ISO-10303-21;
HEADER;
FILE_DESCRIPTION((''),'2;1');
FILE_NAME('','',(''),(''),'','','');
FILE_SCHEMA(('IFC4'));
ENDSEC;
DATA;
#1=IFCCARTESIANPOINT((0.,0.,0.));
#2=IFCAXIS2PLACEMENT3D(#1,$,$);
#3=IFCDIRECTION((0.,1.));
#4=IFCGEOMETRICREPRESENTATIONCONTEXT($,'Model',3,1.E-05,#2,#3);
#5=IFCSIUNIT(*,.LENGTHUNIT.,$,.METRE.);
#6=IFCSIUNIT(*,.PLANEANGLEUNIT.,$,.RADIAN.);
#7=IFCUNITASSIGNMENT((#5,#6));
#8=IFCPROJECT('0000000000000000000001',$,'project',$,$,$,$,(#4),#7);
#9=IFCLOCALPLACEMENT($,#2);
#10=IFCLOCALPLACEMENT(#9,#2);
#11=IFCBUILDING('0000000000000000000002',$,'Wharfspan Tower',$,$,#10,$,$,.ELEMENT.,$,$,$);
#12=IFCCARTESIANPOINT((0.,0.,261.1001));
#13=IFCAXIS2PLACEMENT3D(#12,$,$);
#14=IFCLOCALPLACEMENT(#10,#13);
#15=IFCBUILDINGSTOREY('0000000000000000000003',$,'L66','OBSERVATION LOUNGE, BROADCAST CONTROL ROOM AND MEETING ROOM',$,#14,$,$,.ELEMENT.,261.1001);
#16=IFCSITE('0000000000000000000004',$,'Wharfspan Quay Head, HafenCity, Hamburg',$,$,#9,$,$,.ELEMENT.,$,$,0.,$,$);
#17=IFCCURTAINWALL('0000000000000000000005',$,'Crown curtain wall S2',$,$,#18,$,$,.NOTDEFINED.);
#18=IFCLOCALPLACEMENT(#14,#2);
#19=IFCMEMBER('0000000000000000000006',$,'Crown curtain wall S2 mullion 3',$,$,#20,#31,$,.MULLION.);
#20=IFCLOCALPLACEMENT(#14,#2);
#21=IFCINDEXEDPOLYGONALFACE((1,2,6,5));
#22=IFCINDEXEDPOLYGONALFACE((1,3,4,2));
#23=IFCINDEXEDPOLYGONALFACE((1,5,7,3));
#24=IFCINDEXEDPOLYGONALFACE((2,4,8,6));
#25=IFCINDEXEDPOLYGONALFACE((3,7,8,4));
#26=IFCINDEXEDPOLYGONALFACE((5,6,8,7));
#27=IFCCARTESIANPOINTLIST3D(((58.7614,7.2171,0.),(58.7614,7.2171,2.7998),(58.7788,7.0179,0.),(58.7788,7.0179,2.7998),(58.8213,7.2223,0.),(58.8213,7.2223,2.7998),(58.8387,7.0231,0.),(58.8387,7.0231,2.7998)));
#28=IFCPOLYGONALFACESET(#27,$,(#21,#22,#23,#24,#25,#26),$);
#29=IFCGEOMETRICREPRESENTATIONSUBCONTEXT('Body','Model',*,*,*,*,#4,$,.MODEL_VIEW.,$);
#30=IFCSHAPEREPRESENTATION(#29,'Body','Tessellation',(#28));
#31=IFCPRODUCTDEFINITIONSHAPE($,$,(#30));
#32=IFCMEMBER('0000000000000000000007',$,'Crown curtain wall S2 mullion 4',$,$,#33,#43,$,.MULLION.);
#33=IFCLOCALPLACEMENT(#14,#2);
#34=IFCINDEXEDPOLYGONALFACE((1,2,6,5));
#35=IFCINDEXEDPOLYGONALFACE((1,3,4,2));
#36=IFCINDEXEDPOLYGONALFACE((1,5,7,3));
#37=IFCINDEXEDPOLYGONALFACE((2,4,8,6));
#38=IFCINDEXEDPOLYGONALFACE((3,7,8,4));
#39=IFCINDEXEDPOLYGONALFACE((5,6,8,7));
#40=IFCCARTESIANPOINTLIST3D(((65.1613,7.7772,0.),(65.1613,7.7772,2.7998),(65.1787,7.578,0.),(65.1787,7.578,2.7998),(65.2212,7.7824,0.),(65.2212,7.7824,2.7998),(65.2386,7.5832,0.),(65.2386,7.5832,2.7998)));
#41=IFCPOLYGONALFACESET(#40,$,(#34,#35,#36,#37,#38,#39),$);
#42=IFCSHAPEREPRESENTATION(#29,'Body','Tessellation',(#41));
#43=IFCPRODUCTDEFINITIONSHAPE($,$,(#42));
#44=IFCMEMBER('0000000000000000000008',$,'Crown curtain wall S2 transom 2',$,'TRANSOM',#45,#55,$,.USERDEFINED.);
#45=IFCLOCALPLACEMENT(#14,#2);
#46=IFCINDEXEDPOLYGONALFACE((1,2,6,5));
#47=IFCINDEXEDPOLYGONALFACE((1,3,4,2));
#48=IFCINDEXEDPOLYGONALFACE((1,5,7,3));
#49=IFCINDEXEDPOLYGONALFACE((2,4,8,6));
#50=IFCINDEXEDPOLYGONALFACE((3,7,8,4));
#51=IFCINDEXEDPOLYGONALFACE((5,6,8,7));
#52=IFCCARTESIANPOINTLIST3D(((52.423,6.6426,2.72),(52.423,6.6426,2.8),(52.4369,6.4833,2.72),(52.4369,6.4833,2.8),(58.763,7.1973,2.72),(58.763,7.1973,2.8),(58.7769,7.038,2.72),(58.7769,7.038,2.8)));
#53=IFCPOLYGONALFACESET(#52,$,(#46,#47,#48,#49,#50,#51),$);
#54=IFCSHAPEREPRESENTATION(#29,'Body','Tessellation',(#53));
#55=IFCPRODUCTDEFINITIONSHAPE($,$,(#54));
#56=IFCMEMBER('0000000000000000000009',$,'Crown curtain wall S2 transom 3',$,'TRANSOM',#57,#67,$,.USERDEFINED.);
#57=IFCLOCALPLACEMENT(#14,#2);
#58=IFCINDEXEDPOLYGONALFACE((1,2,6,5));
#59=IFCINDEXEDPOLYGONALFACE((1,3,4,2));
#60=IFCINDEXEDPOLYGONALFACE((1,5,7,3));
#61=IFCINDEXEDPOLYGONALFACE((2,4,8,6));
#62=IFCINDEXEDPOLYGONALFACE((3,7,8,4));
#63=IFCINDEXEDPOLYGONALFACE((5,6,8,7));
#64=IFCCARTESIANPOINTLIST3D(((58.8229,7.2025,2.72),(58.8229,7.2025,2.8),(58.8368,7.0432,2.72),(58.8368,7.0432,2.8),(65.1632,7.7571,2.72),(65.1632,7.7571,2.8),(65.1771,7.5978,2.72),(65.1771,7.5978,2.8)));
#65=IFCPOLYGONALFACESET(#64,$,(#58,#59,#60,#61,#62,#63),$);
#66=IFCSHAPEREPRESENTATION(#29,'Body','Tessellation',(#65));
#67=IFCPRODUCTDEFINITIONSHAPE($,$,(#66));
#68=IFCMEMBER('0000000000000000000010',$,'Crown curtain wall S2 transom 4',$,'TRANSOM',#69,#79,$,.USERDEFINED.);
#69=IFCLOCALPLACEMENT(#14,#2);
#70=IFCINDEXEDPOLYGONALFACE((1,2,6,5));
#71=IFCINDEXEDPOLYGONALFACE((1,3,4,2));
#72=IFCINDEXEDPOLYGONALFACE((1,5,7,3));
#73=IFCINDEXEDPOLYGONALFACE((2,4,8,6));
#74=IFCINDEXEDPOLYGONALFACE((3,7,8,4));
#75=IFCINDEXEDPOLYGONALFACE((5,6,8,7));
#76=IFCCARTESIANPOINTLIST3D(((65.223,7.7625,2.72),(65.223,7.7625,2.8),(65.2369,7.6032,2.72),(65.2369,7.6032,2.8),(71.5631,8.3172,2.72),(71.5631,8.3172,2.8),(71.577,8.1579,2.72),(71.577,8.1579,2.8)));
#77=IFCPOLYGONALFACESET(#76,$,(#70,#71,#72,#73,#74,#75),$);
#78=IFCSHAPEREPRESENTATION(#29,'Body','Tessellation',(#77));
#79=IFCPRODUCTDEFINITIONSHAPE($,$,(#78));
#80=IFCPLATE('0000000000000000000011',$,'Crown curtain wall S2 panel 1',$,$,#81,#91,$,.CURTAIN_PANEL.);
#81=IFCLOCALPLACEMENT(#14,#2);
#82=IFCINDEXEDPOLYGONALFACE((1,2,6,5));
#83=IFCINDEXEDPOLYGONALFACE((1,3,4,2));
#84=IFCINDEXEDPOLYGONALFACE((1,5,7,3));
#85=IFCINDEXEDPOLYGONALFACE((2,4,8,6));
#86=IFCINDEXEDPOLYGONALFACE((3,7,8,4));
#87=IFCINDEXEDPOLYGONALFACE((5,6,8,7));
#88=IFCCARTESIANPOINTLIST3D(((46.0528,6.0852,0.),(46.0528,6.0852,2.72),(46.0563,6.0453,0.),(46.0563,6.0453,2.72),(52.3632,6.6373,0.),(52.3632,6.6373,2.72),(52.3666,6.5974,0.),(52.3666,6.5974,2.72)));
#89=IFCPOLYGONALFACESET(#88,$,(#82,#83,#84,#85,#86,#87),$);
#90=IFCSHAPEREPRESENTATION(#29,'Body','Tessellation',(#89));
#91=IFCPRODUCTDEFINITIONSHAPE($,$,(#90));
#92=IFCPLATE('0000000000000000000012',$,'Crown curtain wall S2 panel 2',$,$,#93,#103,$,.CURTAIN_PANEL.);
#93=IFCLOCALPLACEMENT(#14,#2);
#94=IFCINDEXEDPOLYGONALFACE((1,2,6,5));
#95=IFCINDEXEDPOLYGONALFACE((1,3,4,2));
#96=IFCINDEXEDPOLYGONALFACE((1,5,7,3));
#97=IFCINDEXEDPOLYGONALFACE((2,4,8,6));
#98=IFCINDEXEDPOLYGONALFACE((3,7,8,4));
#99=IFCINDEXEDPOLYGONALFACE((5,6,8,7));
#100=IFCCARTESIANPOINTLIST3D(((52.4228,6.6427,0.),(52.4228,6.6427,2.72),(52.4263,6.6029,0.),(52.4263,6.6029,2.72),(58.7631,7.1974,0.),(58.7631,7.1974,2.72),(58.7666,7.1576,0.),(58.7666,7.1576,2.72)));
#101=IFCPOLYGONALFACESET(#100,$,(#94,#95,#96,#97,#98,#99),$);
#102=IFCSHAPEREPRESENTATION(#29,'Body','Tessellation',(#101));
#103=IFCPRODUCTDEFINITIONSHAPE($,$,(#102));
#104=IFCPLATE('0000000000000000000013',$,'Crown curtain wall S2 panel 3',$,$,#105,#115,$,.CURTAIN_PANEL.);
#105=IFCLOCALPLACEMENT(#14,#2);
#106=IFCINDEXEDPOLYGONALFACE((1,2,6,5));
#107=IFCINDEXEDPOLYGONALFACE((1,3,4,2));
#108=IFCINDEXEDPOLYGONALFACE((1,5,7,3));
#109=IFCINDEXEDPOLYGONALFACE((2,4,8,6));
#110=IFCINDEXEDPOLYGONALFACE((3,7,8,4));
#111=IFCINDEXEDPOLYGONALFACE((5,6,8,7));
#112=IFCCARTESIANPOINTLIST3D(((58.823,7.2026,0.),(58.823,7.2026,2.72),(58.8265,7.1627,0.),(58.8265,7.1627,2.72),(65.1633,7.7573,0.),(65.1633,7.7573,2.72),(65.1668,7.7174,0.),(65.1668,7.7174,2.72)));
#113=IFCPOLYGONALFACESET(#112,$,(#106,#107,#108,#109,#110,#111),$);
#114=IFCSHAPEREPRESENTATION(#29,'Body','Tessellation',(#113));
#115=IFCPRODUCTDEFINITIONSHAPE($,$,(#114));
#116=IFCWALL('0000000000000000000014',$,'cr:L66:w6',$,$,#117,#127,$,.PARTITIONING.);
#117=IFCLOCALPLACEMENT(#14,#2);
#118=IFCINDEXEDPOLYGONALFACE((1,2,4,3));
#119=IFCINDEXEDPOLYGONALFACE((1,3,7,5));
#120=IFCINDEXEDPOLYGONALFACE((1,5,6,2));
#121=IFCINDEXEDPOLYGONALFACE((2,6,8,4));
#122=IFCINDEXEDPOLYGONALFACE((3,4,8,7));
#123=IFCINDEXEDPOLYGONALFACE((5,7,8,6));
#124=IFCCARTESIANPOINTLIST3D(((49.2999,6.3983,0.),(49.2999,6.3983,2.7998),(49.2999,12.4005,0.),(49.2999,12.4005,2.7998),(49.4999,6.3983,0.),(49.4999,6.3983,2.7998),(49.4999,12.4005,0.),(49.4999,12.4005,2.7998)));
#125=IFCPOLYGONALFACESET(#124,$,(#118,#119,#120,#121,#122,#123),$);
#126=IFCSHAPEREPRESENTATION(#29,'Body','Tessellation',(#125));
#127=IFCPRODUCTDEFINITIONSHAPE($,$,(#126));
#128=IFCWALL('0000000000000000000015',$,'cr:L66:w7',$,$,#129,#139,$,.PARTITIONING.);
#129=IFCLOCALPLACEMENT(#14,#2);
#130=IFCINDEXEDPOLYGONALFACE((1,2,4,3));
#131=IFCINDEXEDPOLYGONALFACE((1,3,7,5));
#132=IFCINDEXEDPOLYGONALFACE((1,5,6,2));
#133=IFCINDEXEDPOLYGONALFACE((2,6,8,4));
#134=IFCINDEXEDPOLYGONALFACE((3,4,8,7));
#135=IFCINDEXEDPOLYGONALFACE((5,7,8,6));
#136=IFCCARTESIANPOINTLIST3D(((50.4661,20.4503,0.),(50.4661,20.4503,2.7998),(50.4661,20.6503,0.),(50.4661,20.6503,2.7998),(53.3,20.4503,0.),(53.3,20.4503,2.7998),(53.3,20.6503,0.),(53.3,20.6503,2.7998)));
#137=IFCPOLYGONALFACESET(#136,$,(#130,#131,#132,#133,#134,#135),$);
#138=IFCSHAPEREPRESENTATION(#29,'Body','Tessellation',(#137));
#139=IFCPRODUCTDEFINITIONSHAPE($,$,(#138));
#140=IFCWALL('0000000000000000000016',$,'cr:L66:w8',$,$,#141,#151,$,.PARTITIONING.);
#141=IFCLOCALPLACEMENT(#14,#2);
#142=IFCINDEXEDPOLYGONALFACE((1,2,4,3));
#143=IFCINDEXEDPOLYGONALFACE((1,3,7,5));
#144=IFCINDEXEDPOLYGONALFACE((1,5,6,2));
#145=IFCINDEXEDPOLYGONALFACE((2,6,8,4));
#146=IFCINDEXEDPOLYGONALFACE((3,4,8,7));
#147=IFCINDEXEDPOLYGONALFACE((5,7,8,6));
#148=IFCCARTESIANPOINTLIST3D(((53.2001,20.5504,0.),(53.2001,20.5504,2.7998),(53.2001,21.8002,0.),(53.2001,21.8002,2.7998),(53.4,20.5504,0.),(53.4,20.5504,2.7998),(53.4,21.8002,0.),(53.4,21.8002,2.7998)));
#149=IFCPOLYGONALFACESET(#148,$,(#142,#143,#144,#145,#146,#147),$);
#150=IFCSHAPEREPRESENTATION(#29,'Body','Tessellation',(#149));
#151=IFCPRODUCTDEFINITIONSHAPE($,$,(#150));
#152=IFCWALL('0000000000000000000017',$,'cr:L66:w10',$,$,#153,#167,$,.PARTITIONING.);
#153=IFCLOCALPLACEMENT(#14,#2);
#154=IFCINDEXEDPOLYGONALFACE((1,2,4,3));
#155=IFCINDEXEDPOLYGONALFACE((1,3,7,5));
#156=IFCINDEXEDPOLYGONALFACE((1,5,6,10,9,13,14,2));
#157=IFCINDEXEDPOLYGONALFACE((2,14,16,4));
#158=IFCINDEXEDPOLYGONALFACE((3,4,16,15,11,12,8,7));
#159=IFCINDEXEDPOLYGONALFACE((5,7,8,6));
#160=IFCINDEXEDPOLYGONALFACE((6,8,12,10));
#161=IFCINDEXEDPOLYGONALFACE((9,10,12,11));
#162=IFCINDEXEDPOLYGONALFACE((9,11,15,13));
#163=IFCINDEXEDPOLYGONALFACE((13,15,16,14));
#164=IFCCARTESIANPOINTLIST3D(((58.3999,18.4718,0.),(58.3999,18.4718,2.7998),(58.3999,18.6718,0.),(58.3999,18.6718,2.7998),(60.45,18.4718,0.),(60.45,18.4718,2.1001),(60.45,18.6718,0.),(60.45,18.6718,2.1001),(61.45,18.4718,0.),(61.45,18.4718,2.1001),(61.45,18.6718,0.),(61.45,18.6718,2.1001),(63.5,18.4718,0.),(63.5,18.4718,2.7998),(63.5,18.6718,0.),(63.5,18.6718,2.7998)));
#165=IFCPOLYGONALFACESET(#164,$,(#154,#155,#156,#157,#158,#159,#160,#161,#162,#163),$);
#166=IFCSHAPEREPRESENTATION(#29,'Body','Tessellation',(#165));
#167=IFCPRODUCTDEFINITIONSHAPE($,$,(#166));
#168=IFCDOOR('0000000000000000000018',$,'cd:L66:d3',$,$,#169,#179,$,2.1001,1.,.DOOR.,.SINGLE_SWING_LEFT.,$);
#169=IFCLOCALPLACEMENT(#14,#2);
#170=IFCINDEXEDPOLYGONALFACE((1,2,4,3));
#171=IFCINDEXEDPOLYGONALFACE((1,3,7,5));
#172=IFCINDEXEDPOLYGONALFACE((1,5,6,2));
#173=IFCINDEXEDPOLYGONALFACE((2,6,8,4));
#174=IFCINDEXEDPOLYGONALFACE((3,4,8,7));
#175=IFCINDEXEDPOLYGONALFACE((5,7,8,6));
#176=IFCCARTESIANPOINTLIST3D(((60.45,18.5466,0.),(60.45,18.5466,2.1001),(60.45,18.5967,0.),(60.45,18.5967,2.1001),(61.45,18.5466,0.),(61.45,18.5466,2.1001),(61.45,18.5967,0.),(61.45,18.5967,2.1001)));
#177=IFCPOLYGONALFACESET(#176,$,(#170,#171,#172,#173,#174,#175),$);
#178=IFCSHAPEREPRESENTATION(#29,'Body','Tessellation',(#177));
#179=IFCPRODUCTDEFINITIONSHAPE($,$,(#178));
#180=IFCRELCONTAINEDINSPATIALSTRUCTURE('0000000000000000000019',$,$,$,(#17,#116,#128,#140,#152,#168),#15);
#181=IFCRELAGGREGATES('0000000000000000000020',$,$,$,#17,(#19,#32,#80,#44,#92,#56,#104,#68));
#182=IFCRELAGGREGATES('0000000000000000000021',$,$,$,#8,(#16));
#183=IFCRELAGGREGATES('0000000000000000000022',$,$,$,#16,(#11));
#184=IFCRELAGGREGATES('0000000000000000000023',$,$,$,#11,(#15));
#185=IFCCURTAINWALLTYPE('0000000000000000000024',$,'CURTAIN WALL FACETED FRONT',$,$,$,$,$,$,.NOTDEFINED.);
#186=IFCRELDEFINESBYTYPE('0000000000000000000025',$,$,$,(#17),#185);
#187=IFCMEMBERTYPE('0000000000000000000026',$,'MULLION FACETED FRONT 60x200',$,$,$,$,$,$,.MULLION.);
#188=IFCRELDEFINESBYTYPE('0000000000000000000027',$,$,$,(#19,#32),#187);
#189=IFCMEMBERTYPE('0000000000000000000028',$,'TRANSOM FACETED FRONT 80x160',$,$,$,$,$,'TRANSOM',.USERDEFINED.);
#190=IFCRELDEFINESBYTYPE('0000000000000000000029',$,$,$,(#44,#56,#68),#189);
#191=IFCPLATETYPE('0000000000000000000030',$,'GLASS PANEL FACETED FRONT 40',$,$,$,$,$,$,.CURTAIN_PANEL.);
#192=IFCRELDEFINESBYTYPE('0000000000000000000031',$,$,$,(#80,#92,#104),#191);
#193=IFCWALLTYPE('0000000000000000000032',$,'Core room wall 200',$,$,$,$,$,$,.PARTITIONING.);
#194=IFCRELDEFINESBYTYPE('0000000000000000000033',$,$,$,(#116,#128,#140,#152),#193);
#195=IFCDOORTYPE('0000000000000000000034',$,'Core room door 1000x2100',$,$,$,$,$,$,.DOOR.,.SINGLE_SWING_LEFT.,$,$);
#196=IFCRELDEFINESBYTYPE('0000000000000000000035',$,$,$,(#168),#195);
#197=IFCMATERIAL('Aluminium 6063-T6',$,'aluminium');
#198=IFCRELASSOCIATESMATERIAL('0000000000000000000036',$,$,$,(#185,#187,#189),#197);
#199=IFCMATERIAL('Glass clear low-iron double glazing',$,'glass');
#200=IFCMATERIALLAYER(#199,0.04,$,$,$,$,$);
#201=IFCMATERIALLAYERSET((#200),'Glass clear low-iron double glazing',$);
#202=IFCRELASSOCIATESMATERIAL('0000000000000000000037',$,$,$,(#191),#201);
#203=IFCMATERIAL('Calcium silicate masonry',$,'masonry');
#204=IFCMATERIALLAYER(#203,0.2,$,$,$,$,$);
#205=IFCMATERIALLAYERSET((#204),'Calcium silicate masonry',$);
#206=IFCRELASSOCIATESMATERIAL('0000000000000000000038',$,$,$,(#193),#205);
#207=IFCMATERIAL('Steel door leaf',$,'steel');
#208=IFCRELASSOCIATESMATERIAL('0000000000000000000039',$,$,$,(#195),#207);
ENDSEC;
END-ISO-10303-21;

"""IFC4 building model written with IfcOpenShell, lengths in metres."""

from ifc_helpers import new_model, si_unit, direction, frame, frame_2d, origin, origin_2d, place, context, subcontext, project, spatial, rectangle, extrude, material, layer, layer_set, material_profile, profile_set, type_object, element, fill, aggregate, save


model = new_model("IFC4")

# Units and contexts
model_context = context("Model", 3, precision=1e-05, world=origin(), true_north=direction((0.0, 1.0)))
body_context = subcontext(model_context, "Body", "Model", "MODEL_VIEW")
ifc_project = project(units=[si_unit("LENGTHUNIT", "METRE"), si_unit("PLANEANGLEUNIT", "RADIAN")], contexts=[model_context])

# Site, building, storey
site_placement = place(None, origin())
site = spatial("IfcSite", under=ifc_project, at=site_placement, Name="Wharfspan Quay Head, HafenCity, Hamburg", CompositionType="ELEMENT", RefElevation=0.0)
building_placement = place(site_placement, origin())
building = spatial("IfcBuilding", under=site, at=building_placement, Name="Wharfspan Tower", CompositionType="ELEMENT")
storey_placement = place(building_placement, frame((0.0, 0.0, 261.1001)))
storey = spatial("IfcBuildingStorey", under=building, at=storey_placement, Name="L66", Description="OBSERVATION LOUNGE, BROADCAST CONTROL ROOM AND MEETING ROOM", CompositionType="ELEMENT", Elevation=261.1001)

# Curtain wall, members, plates
ifc_material_1 = material(Name="Aluminium 6063-T6", Category="aluminium")
curtain_wall_type = type_object("IfcCurtainWallType", Name="CURTAIN WALL FACETED FRONT", PredefinedType="NOTDEFINED", material=ifc_material_1)
curtain_wall_placement = place(storey_placement, origin())
curtain_wall = element("IfcCurtainWall", 1, at=curtain_wall_placement, inside=storey, type_object=curtain_wall_type, Name="Crown curtain wall S2", PredefinedType="NOTDEFINED")
ifc_material_profile_1 = material_profile(ifc_material_1, rectangle(XDim=0.2, YDim=0.0601, at=origin_2d()))
ifc_profile_set_1 = profile_set([ifc_material_profile_1], Name="Aluminium 6063-T6")
member_type_1 = type_object("IfcMemberType", Name="MULLION FACETED FRONT 60x200", PredefinedType="MULLION", material=ifc_profile_set_1)
member_1_placement = place(storey_placement, frame((58.8, 7.1201, 0.0), z_axis=(0.0, 0.0, 1.0), x_axis=(-0.087156, 0.996198, 0.0)))
member_1 = element("IfcMember", 2, at=member_1_placement, type_object=member_type_1, Name="Crown curtain wall S2 mullion 3", PredefinedType="MULLION", context=body_context, shape_type="SweptSolid", body=[
    extrude(rectangle(XDim=0.2, YDim=0.0601, at=origin_2d()), origin(), (0.0, 0.0, 1.0), 2.7998),
])
member_2_placement = place(storey_placement, frame((65.2, 7.6802, 0.0), z_axis=(0.0, 0.0, 1.0), x_axis=(-0.087156, 0.996198, 0.0)))
member_2 = element("IfcMember", 3, at=member_2_placement, type_object=member_type_1, Name="Crown curtain wall S2 mullion 4", PredefinedType="MULLION", context=body_context, shape_type="SweptSolid", body=[
    extrude(rectangle(XDim=0.2, YDim=0.0601, at=origin_2d()), origin(), (0.0, 0.0, 1.0), 2.7998),
])
ifc_material_profile_2 = material_profile(ifc_material_1, rectangle(XDim=0.1599, YDim=0.0801, at=origin_2d()))
ifc_profile_set_2 = profile_set([ifc_material_profile_2], Name="Aluminium 6063-T6")
member_type_2 = type_object("IfcMemberType", Name="TRANSOM FACETED FRONT 80x160", ElementType="TRANSOM", PredefinedType="USERDEFINED", material=ifc_profile_set_2)
member_3_placement = place(storey_placement, frame((52.4299, 6.563, 2.76), z_axis=(0.996195, 0.087156, 0.0), x_axis=(-0.087156, 0.996195, 0.0)))
member_3 = element("IfcMember", 4, at=member_3_placement, type_object=member_type_2, Name="Crown curtain wall S2 transom 2", ObjectType="TRANSOM", PredefinedType="USERDEFINED", context=body_context, shape_type="SweptSolid", body=[
    extrude(rectangle(XDim=0.1599, YDim=0.0801, at=origin_2d()), origin(), (0.0, 0.0, 1.0), 6.3643),
])
member_4_placement = place(storey_placement, frame((58.8298, 7.1228, 2.76), z_axis=(0.996195, 0.087153, 0.0), x_axis=(-0.087153, 0.996195, 0.0)))
member_4 = element("IfcMember", 5, at=member_4_placement, type_object=member_type_2, Name="Crown curtain wall S2 transom 3", ObjectType="TRANSOM", PredefinedType="USERDEFINED", context=body_context, shape_type="SweptSolid", body=[
    extrude(rectangle(XDim=0.1599, YDim=0.0801, at=origin_2d()), origin(), (0.0, 0.0, 1.0), 6.3645),
])
member_5_placement = place(storey_placement, frame((65.23, 7.6829, 2.76), z_axis=(0.996195, 0.087156, 0.0), x_axis=(-0.087156, 0.996195, 0.0)))
member_5 = element("IfcMember", 6, at=member_5_placement, type_object=member_type_2, Name="Crown curtain wall S2 transom 4", ObjectType="TRANSOM", PredefinedType="USERDEFINED", context=body_context, shape_type="SweptSolid", body=[
    extrude(rectangle(XDim=0.1599, YDim=0.0801, at=origin_2d()), origin(), (0.0, 0.0, 1.0), 6.3643),
])
ifc_material_2 = material(Name="Glass clear low-iron double glazing", Category="glass")
ifc_layer_1 = layer(ifc_material_2, 0.04)
ifc_layer_set_1 = layer_set([ifc_layer_1], Name="Glass clear low-iron double glazing")
plate_type = type_object("IfcPlateType", Name="GLASS PANEL FACETED FRONT 40", PredefinedType="CURTAIN_PANEL", material=ifc_layer_set_1)
plate_1_placement = place(storey_placement, frame((49.2097, 6.3413, 0.0), z_axis=(0.0, 0.0, 1.0), x_axis=(0.996198, 0.087156, 0.0)))
plate_1 = element("IfcPlate", 7, at=plate_1_placement, type_object=plate_type, Name="Crown curtain wall S2 panel 1", PredefinedType="CURTAIN_PANEL", context=body_context, shape_type="SweptSolid", body=[
    extrude(rectangle(XDim=6.3345, YDim=0.04, at=origin_2d()), origin(), (0.0, 0.0, 1.0), 2.72),
])
plate_2_placement = place(storey_placement, frame((55.5947, 6.9001, 0.0), z_axis=(0.0, 0.0, 1.0), x_axis=(0.996198, 0.087156, 0.0)))
plate_2 = element("IfcPlate", 8, at=plate_2_placement, type_object=plate_type, Name="Crown curtain wall S2 panel 2", PredefinedType="CURTAIN_PANEL", context=body_context, shape_type="SweptSolid", body=[
    extrude(rectangle(XDim=6.3645, YDim=0.04, at=origin_2d()), origin(), (0.0, 0.0, 1.0), 2.72),
])
plate_3_placement = place(storey_placement, frame((61.9949, 7.46, 0.0), z_axis=(0.0, 0.0, 1.0), x_axis=(0.996198, 0.087156, 0.0)))
plate_3 = element("IfcPlate", 9, at=plate_3_placement, type_object=plate_type, Name="Crown curtain wall S2 panel 3", PredefinedType="CURTAIN_PANEL", context=body_context, shape_type="SweptSolid", body=[
    extrude(rectangle(XDim=6.3645, YDim=0.04, at=origin_2d()), origin(), (0.0, 0.0, 1.0), 2.72),
])
aggregate(curtain_wall, [member_1, member_2, plate_1, member_3, plate_2, member_4, plate_3, member_5])

# Walls
ifc_material_3 = material(Name="Calcium silicate masonry", Category="masonry")
ifc_layer_2 = layer(ifc_material_3, 0.2)
ifc_layer_set_2 = layer_set([ifc_layer_2], Name="Calcium silicate masonry")
wall_type_1 = type_object("IfcWallType", Name="Core room wall 200", PredefinedType="PARTITIONING", material=ifc_layer_set_2)
wall_1_placement = place(storey_placement, frame((49.3999, 12.4004, 0.0), z_axis=(0.0, 0.0, 1.0), x_axis=(0.0, -1.0, 0.0)))
element("IfcWall", 10, at=wall_1_placement, inside=storey, type_object=wall_type_1, Name="cr:L66:w6", PredefinedType="PARTITIONING", context=body_context, shape_type="SweptSolid", body=[
    extrude(rectangle(XDim=6.0022, YDim=0.2, at=frame_2d((3.001, 0.0))), origin(), (0.0, 0.0, 1.0), 2.7998),
])
wall_2_placement = place(storey_placement, frame((50.4661, 20.5503, 0.0), z_axis=(0.0, 0.0, 1.0), x_axis=(1.0, 0.0, 0.0)))
element("IfcWall", 11, at=wall_2_placement, inside=storey, type_object=wall_type_1, Name="cr:L66:w7", PredefinedType="PARTITIONING", context=body_context, shape_type="SweptSolid", body=[
    extrude(rectangle(XDim=2.834, YDim=0.2, at=frame_2d((1.417, 0.0))), origin(), (0.0, 0.0, 1.0), 2.7998),
])
wall_3_placement = place(storey_placement, frame((53.3, 20.5503, 0.0), z_axis=(0.0, 0.0, 1.0), x_axis=(0.0, 1.0, 0.0)))
element("IfcWall", 12, at=wall_3_placement, inside=storey, type_object=wall_type_1, Name="cr:L66:w8", PredefinedType="PARTITIONING", context=body_context, shape_type="SweptSolid", body=[
    extrude(rectangle(XDim=1.2498, YDim=0.2, at=frame_2d((0.625, 0.0))), origin(), (0.0, 0.0, 1.0), 2.7998),
])

# Wall, opening, door
wall_4_placement = place(storey_placement, frame((58.3999, 18.5718, 0.0), z_axis=(0.0, 0.0, 1.0), x_axis=(1.0, 0.0, 0.0)))
wall_4 = element("IfcWall", 13, at=wall_4_placement, inside=storey, type_object=wall_type_1, Name="cr:L66:w10", PredefinedType="PARTITIONING", context=body_context, shape_type="SweptSolid", body=[
    extrude(rectangle(XDim=5.1001, YDim=0.2, at=frame_2d((2.55, 0.0))), origin(), (0.0, 0.0, 1.0), 2.7998),
])
opening_1_placement = place(wall_4_placement, frame((2.05, 0.0, 0.0)))
opening_1 = element("IfcOpeningElement", 14, at=opening_1_placement, cuts=wall_4, PredefinedType="OPENING", context=body_context, shape_type="SweptSolid", body=[
    extrude(rectangle(XDim=1.0, YDim=2.1001, at=frame_2d((0.5, 1.05))), frame((0.0, 0.1099, 0.0), z_axis=(0.0, -1.0, 0.0), x_axis=(1.0, 0.0, 0.0)), (0.0, 0.0, 1.0), 0.22),
])
ifc_material_4 = material(Name="Steel door leaf", Category="steel")
door_type_1 = type_object("IfcDoorType", Name="Core room door 1000x2100", OperationType="SINGLE_SWING_LEFT", PredefinedType="DOOR", material=ifc_material_4)
door_1_placement = place(opening_1_placement, origin())
door_1 = element("IfcDoor", 15, at=door_1_placement, inside=storey, type_object=door_type_1, Name="cd:L66:d3", OperationType="SINGLE_SWING_LEFT", OverallHeight=2.1001, OverallWidth=1.0, PredefinedType="DOOR", context=body_context, shape_type="SweptSolid", body=[
    extrude(rectangle(XDim=1.0, YDim=2.1001, at=frame_2d((0.5, 1.05))), frame((0.0, 0.0249, 0.0), z_axis=(0.0, -1.0, 0.0), x_axis=(1.0, 0.0, 0.0)), (0.0, 0.0, 1.0), 0.05),
])
fill(opening_1, door_1)

save(model, "model.ifc")
